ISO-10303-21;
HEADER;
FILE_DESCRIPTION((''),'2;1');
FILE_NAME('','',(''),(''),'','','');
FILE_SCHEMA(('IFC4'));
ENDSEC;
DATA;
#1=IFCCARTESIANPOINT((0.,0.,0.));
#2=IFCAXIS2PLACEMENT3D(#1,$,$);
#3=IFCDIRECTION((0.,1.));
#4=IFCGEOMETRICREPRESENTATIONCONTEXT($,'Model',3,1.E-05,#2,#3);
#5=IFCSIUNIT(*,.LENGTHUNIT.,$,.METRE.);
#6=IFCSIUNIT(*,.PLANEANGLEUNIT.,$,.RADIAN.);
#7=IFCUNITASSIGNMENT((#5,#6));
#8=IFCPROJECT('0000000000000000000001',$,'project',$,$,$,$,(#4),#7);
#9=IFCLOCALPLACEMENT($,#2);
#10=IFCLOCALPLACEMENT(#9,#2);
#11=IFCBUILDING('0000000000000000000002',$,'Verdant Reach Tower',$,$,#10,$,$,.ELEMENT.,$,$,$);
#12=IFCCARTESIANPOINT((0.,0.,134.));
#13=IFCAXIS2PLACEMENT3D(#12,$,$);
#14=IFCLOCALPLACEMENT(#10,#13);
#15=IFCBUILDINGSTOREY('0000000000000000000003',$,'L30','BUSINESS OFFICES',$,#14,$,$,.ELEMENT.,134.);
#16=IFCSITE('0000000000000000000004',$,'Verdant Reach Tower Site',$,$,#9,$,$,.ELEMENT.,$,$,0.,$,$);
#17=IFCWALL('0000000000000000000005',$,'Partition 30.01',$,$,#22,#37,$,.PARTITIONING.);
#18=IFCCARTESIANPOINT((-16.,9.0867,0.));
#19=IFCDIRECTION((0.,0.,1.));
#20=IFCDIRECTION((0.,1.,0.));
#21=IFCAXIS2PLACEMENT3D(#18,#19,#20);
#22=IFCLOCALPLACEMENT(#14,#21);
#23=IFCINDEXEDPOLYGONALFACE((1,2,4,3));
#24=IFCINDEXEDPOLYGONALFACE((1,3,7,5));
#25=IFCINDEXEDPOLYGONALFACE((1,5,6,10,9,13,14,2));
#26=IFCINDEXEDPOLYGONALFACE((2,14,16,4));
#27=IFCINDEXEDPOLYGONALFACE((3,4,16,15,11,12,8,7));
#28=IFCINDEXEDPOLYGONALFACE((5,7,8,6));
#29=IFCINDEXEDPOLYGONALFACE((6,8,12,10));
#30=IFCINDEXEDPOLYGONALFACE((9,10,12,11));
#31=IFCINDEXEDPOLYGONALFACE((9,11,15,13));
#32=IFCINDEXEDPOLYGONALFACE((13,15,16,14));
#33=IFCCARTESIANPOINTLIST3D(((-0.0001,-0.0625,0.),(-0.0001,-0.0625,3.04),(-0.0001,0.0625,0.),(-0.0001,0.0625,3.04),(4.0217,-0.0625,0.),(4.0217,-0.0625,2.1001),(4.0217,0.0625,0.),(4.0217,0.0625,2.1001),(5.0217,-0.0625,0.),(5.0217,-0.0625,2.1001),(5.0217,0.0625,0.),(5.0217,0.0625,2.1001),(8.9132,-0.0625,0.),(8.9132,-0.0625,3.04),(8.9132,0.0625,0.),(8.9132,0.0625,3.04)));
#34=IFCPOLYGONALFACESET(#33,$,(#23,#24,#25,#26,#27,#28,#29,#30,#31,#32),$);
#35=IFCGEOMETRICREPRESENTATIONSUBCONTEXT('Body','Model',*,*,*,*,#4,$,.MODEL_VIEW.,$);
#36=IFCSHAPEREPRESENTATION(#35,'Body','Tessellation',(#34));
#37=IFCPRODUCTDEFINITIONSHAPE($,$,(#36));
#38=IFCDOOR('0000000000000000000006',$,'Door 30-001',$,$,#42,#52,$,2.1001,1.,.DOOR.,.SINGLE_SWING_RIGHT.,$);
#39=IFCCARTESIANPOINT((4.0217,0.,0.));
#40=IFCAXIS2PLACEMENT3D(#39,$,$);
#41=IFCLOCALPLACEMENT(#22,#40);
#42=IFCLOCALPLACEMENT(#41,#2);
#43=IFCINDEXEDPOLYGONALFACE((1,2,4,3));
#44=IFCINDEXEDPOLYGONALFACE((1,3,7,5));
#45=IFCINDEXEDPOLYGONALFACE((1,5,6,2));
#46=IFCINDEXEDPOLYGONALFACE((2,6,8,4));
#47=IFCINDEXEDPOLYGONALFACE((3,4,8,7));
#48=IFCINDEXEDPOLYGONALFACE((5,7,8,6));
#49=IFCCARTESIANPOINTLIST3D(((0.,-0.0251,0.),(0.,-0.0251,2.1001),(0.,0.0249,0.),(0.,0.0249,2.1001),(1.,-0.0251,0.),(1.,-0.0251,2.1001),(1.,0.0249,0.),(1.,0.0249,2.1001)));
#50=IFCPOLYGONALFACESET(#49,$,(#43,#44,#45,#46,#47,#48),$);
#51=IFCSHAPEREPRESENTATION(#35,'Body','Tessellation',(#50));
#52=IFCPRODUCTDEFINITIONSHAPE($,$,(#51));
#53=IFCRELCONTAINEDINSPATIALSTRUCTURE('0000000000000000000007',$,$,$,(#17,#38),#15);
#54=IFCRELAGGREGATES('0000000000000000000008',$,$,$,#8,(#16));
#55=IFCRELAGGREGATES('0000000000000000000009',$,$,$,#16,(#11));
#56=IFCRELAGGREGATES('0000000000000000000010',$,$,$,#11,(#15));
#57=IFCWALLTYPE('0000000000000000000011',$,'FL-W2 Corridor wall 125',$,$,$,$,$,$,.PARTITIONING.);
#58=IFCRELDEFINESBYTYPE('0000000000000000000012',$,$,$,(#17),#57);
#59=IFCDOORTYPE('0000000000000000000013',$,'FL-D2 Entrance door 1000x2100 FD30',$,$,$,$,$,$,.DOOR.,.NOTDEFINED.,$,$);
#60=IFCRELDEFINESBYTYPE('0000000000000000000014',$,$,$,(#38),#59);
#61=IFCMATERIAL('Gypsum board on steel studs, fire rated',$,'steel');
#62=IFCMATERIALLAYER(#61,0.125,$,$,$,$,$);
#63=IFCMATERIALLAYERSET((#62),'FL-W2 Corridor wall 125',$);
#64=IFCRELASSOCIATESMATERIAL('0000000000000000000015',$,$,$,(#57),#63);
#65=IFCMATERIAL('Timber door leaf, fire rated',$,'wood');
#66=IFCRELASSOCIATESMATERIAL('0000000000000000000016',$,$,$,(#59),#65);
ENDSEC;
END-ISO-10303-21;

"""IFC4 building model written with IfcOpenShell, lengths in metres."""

from ifc_helpers import new_model, si_unit, direction, frame, frame_2d, origin, place, context, subcontext, project, spatial, rectangle, extrude, material, layer, layer_set, type_object, element, fill, save


model = new_model("IFC4")

# Units and contexts
model_context = context("Model", 3, precision=1e-05, world=origin(), true_north=direction((0.0, 1.0)))
body_context = subcontext(model_context, "Body", "Model", "MODEL_VIEW")
ifc_project = project(units=[si_unit("LENGTHUNIT", "METRE"), si_unit("PLANEANGLEUNIT", "RADIAN")], contexts=[model_context])

# Site, building, storey
site_placement = place(None, origin())
site = spatial("IfcSite", under=ifc_project, at=site_placement, Name="Verdant Reach Tower Site", CompositionType="ELEMENT", RefElevation=0.0)
building_placement = place(site_placement, origin())
building = spatial("IfcBuilding", under=site, at=building_placement, Name="Verdant Reach Tower", CompositionType="ELEMENT")
storey_placement = place(building_placement, frame((0.0, 0.0, 134.0)))
storey = spatial("IfcBuildingStorey", under=building, at=storey_placement, Name="L30", Description="BUSINESS OFFICES", CompositionType="ELEMENT", Elevation=134.0)

# Wall, opening, door
ifc_material_1 = material(Name="Gypsum board on steel studs, fire rated", Category="steel")
ifc_layer_1 = layer(ifc_material_1, 0.125)
ifc_layer_set_1 = layer_set([ifc_layer_1], Name="FL-W2 Corridor wall 125")
wall_type_1 = type_object("IfcWallType", Name="FL-W2 Corridor wall 125", PredefinedType="PARTITIONING", material=ifc_layer_set_1)
wall_1_placement = place(storey_placement, frame((-16.0, 9.0867, 0.0), z_axis=(0.0, 0.0, 1.0), x_axis=(0.0, 1.0, 0.0)))
wall_1 = element("IfcWall", 1, at=wall_1_placement, inside=storey, type_object=wall_type_1, Name="Partition 30.01", PredefinedType="PARTITIONING", context=body_context, shape_type="SweptSolid", body=[
    extrude(rectangle(XDim=8.9133, YDim=0.125, at=frame_2d((4.4565, 0.0))), origin(), (0.0, 0.0, 1.0), 3.04),
])
opening_1_placement = place(wall_1_placement, frame((4.0217, 0.0, 0.0)))
opening_1 = element("IfcOpeningElement", 2, at=opening_1_placement, cuts=wall_1, PredefinedType="OPENING", context=body_context, shape_type="SweptSolid", body=[
    extrude(rectangle(XDim=1.0, YDim=2.1001, at=frame_2d((0.5, 1.05))), frame((0.0, 0.0725, 0.0), z_axis=(0.0, -1.0, 0.0), x_axis=(1.0, 0.0, 0.0)), (0.0, 0.0, 1.0), 0.145),
])
ifc_material_2 = material(Name="Timber door leaf, fire rated", Category="wood")
door_type_1 = type_object("IfcDoorType", Name="FL-D2 Entrance door 1000x2100 FD30", OperationType="NOTDEFINED", PredefinedType="DOOR", material=ifc_material_2)
door_1_placement = place(opening_1_placement, origin())
door_1 = element("IfcDoor", 3, at=door_1_placement, inside=storey, type_object=door_type_1, Name="Door 30-001", OperationType="SINGLE_SWING_RIGHT", OverallHeight=2.1001, OverallWidth=1.0, PredefinedType="DOOR", context=body_context, shape_type="SweptSolid", body=[
    extrude(rectangle(XDim=1.0, YDim=2.1001, at=frame_2d((0.5, 1.05))), frame((0.0, 0.0249, 0.0), z_axis=(0.0, -1.0, 0.0), x_axis=(1.0, 0.0, 0.0)), (0.0, 0.0, 1.0), 0.05),
])
fill(opening_1, door_1)

save(model, "model.ifc")
